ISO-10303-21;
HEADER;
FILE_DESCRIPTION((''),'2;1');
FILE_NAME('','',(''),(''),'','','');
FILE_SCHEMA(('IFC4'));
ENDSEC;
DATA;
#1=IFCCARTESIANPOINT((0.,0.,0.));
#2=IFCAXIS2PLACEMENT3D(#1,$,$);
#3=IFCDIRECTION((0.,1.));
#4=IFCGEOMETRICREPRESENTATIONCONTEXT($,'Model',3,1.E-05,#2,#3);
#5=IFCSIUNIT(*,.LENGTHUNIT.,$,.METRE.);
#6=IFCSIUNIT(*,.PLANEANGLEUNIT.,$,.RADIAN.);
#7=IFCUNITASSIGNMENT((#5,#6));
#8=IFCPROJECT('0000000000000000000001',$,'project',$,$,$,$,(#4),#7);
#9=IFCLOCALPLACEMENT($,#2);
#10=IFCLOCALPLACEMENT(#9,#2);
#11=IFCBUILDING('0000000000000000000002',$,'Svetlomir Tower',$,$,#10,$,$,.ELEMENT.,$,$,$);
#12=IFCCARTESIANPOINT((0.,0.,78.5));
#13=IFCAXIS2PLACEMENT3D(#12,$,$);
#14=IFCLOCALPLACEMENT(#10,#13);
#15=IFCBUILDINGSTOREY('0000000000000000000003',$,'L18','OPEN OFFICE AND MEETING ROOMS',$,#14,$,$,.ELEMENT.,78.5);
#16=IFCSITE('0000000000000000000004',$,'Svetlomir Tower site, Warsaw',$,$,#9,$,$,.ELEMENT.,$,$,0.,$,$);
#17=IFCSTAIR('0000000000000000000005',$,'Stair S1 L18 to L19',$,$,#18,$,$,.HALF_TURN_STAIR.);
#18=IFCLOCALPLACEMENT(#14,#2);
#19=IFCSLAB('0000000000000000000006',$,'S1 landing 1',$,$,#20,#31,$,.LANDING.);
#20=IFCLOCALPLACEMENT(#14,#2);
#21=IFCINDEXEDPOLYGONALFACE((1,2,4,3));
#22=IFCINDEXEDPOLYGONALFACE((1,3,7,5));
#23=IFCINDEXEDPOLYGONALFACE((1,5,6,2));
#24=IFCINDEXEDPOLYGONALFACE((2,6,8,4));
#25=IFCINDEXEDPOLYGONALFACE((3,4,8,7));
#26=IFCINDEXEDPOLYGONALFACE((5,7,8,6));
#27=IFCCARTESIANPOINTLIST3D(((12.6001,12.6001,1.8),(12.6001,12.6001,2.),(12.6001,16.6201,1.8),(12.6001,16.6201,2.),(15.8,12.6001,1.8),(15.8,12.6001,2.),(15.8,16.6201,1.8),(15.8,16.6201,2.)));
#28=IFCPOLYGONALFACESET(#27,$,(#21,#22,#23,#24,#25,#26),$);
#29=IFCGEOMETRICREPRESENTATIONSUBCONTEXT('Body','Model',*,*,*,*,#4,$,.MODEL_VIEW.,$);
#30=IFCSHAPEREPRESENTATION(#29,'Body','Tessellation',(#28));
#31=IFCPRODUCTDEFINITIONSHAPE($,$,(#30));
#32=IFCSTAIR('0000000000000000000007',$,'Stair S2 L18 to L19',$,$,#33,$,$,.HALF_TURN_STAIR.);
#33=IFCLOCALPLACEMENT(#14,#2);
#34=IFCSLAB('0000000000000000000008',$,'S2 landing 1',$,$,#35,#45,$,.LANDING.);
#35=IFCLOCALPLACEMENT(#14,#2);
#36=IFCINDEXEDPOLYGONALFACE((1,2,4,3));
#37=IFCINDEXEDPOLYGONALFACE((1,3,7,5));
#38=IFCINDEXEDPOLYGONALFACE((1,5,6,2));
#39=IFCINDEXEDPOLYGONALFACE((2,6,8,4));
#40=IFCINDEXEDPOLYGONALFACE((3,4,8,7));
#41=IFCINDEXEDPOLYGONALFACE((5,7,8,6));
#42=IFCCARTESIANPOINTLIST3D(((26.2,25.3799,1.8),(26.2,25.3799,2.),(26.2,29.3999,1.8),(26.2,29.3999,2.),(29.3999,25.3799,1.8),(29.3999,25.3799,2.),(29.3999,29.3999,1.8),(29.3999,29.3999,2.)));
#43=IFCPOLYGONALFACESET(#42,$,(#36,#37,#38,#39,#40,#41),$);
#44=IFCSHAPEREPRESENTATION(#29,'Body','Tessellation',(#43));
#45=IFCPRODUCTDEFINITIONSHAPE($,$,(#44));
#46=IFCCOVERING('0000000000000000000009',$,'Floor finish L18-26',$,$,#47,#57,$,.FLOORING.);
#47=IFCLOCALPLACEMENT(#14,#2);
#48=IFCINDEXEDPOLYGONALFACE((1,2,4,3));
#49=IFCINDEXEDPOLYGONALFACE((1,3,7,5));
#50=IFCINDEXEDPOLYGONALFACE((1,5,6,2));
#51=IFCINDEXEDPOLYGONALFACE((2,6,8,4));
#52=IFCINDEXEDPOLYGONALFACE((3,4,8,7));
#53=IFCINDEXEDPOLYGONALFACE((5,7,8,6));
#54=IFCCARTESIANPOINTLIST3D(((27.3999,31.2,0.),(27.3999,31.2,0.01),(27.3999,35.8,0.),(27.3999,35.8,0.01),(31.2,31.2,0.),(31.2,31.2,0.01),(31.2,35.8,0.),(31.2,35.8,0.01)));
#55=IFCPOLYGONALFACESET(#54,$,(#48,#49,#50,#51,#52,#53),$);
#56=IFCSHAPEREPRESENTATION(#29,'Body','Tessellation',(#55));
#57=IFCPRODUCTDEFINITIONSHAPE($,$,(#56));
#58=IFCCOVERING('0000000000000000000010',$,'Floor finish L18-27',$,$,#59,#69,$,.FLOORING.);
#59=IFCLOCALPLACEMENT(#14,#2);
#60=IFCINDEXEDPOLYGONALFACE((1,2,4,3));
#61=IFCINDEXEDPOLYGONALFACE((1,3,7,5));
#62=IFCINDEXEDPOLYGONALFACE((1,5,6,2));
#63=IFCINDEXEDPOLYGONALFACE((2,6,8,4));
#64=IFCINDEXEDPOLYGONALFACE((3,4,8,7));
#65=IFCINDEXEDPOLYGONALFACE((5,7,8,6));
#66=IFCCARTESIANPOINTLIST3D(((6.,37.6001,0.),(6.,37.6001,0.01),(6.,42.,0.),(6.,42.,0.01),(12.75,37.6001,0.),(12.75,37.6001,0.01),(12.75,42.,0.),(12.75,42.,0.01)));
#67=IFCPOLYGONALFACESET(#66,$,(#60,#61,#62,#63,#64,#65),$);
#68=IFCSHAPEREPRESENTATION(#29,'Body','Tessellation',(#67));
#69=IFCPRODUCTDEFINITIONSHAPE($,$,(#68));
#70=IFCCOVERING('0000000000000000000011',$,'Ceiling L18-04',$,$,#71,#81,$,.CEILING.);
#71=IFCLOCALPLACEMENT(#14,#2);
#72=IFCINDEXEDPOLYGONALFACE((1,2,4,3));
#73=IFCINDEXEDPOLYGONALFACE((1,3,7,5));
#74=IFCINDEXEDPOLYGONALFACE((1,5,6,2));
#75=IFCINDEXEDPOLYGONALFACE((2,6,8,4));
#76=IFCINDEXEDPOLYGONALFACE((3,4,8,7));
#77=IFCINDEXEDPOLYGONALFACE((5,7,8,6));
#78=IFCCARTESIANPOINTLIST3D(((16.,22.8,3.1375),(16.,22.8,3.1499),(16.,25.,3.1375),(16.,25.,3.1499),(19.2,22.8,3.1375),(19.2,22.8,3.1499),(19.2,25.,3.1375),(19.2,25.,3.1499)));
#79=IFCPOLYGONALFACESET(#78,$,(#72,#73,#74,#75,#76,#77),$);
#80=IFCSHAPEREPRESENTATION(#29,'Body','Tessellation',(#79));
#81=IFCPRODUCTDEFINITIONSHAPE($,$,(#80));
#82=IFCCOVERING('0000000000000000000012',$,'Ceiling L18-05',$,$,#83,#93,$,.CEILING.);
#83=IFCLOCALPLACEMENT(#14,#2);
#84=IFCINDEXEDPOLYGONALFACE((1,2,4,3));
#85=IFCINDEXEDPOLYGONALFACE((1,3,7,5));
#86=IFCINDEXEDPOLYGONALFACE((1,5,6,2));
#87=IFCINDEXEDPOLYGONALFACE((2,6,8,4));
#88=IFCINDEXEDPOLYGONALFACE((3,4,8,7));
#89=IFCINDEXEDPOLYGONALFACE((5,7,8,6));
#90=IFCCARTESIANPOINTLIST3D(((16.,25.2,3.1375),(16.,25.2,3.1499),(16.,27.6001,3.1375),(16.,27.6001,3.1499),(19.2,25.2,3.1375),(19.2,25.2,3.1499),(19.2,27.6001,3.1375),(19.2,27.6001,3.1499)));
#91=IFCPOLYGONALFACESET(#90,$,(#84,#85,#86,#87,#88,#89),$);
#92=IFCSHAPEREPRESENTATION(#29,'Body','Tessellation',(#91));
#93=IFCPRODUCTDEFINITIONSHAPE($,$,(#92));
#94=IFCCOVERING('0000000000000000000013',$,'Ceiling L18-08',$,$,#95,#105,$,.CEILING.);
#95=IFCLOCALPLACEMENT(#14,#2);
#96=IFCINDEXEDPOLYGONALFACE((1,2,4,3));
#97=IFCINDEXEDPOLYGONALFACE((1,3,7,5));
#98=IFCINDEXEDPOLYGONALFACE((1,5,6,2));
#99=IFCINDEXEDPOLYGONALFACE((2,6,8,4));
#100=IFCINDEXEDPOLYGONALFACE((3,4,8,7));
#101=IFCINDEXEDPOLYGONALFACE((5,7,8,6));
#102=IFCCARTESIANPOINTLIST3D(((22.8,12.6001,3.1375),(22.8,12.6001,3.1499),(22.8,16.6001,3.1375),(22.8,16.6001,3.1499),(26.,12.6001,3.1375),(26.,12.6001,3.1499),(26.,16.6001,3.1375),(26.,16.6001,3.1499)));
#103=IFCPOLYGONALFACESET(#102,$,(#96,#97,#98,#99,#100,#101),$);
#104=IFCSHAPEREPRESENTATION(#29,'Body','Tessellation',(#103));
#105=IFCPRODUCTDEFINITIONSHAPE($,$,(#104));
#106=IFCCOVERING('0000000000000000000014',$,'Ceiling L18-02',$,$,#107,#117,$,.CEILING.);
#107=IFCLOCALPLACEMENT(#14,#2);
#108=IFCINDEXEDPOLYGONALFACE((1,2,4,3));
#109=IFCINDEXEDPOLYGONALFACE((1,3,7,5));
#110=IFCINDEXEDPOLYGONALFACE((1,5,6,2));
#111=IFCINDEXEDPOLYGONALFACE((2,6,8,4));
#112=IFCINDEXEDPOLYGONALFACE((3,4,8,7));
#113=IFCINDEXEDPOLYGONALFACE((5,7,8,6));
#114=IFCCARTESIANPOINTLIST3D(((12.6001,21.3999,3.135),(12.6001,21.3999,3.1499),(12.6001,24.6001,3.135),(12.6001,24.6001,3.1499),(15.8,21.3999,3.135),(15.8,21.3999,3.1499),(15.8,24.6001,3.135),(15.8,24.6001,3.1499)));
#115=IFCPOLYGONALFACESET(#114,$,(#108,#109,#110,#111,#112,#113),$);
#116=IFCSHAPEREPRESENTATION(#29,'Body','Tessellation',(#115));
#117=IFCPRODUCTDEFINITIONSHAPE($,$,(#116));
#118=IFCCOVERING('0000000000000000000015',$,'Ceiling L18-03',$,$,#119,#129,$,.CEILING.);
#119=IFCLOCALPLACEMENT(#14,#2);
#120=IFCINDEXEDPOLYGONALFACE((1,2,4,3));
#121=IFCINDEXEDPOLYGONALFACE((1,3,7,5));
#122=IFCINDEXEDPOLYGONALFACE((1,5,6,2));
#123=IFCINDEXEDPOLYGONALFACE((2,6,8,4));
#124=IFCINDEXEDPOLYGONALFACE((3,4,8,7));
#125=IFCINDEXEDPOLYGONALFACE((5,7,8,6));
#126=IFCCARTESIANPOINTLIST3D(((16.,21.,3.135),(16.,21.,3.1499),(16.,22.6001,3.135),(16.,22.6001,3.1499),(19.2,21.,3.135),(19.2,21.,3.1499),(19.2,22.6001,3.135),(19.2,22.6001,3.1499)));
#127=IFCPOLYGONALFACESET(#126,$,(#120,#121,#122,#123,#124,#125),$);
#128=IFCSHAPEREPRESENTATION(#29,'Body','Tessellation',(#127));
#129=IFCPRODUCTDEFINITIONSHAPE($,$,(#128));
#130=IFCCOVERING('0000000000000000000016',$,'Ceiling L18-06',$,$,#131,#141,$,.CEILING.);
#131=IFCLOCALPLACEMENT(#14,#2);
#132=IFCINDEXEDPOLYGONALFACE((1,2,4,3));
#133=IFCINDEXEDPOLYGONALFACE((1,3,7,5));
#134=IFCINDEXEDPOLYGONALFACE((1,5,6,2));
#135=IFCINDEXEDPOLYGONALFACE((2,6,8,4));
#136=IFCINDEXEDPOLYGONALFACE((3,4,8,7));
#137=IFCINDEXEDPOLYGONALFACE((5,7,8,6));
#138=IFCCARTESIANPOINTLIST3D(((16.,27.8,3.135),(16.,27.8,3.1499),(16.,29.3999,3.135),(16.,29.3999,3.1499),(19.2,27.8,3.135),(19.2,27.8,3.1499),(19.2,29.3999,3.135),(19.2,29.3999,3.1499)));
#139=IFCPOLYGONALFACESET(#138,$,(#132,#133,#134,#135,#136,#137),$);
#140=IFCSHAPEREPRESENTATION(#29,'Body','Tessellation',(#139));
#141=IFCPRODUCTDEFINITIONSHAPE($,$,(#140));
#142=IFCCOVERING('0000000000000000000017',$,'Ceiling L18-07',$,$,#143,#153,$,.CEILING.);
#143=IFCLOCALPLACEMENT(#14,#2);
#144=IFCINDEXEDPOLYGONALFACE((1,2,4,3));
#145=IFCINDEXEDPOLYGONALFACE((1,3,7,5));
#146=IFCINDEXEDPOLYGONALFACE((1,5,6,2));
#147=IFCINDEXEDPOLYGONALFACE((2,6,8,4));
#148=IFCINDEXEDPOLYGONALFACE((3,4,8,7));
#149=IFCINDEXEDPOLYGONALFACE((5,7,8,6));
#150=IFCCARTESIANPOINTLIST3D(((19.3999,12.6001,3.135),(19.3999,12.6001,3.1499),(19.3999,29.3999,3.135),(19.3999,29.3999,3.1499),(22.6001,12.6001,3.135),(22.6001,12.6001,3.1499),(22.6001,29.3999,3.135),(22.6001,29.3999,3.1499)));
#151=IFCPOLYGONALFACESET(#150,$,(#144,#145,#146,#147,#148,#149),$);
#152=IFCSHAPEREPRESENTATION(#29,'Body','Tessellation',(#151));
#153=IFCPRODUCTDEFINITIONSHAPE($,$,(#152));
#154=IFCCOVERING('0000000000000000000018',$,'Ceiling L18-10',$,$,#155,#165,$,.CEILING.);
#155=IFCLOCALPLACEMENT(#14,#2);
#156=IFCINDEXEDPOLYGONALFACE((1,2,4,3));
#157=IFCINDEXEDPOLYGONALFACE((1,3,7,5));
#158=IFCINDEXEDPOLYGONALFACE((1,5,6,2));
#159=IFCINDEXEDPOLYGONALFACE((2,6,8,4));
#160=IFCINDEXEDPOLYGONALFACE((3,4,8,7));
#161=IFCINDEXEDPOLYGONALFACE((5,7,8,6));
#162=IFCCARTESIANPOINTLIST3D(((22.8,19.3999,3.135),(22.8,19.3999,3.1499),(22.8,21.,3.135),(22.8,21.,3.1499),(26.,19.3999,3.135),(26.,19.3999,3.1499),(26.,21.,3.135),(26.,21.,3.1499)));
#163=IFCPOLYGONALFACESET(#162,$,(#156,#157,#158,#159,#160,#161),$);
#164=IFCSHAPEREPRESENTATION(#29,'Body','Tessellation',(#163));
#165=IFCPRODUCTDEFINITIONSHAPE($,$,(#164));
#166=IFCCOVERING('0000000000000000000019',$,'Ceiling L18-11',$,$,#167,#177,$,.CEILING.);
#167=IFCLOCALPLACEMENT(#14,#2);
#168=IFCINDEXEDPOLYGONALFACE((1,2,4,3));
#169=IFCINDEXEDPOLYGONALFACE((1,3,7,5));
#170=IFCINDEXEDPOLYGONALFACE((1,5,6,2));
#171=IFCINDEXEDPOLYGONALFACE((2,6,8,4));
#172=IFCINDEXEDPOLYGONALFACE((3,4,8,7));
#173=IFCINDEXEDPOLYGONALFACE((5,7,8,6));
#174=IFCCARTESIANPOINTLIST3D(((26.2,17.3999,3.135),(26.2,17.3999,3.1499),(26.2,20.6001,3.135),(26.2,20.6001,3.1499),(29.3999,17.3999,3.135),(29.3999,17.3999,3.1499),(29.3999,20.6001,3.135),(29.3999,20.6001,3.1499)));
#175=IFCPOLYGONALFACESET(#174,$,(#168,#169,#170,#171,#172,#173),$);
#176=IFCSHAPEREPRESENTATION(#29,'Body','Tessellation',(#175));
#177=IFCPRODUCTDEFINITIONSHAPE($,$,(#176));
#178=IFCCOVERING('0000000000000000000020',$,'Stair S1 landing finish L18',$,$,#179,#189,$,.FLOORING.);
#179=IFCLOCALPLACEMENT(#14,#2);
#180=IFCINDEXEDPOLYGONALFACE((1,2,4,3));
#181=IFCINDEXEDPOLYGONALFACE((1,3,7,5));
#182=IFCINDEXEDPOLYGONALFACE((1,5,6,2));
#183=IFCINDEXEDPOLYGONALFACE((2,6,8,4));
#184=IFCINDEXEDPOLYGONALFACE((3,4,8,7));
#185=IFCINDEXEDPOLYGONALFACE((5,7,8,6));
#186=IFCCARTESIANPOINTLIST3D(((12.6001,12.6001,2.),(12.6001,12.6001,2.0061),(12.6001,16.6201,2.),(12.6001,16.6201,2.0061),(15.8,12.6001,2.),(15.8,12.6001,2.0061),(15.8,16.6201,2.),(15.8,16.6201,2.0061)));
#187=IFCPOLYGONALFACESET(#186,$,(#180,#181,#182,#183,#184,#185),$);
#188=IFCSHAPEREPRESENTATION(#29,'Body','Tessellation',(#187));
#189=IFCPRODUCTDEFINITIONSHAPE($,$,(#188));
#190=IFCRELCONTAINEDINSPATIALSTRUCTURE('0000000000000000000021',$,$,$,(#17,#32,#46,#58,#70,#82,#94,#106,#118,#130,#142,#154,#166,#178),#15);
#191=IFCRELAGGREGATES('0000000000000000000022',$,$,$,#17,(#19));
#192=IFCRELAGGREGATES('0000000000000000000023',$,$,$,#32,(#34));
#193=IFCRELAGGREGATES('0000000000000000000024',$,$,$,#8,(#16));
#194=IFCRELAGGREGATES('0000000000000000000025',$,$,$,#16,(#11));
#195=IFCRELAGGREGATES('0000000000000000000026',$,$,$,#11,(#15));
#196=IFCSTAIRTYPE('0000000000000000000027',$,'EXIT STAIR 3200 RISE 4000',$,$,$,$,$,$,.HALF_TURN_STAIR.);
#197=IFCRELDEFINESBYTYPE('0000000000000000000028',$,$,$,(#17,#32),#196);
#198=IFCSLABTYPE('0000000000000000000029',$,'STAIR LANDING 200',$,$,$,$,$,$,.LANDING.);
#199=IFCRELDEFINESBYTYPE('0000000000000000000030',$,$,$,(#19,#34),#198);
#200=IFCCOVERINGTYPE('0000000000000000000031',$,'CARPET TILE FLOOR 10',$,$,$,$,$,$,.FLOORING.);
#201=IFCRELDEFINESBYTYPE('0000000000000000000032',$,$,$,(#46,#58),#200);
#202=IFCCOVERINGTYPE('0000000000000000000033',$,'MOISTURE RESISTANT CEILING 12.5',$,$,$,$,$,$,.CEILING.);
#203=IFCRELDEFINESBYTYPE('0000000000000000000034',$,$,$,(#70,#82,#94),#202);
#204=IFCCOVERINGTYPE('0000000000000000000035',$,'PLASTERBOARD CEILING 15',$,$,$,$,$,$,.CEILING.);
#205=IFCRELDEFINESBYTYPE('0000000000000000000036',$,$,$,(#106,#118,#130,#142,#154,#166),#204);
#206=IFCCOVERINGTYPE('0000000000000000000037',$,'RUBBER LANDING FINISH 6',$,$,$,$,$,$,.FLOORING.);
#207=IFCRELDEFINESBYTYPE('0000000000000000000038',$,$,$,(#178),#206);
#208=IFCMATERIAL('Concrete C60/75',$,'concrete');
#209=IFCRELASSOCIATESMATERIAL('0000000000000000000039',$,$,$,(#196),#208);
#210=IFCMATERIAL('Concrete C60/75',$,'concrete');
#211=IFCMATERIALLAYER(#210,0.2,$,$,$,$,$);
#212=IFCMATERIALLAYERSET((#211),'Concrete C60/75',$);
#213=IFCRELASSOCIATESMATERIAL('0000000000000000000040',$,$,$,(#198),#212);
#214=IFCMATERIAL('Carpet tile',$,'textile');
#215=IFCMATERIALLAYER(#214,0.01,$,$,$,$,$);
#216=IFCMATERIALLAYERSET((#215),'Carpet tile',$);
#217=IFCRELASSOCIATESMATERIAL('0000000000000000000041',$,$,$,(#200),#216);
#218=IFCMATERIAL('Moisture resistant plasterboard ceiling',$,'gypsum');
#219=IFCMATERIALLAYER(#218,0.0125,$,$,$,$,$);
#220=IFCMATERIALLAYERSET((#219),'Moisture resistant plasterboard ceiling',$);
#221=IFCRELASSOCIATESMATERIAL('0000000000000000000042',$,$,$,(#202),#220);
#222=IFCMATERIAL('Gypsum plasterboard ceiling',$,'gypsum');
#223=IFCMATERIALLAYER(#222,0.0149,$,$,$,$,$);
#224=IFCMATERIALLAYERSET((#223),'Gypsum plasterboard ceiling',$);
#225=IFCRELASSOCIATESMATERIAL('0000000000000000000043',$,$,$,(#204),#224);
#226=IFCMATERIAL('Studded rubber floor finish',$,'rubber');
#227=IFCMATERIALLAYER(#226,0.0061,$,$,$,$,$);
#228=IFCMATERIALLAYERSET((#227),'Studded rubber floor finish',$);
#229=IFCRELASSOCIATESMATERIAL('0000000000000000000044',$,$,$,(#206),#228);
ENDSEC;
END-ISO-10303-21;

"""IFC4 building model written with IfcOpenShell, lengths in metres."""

from ifc_helpers import new_model, si_unit, direction, frame, origin, place, context, subcontext, project, spatial, polyline, outline, extrude, material, layer, layer_set, type_object, element, aggregate, save


model = new_model("IFC4")

# Units and contexts
model_context = context("Model", 3, precision=1e-05, world=origin(), true_north=direction((0.0, 1.0)))
body_context = subcontext(model_context, "Body", "Model", "MODEL_VIEW")
ifc_project = project(units=[si_unit("LENGTHUNIT", "METRE"), si_unit("PLANEANGLEUNIT", "RADIAN")], contexts=[model_context])

# Site, building, storey
site_placement = place(None, origin())
site = spatial("IfcSite", under=ifc_project, at=site_placement, Name="Svetlomir Tower site, Warsaw", CompositionType="ELEMENT", RefElevation=0.0)
building_placement = place(site_placement, origin())
building = spatial("IfcBuilding", under=site, at=building_placement, Name="Svetlomir Tower", CompositionType="ELEMENT")
storey_placement = place(building_placement, frame((0.0, 0.0, 78.5)))
storey = spatial("IfcBuildingStorey", under=building, at=storey_placement, Name="L18", Description="OPEN OFFICE AND MEETING ROOMS", CompositionType="ELEMENT", Elevation=78.5)

# Stairs, slabs
ifc_material_1 = material(Name="Concrete C60/75", Category="concrete")
stair_type = type_object("IfcStairType", Name="EXIT STAIR 3200 RISE 4000", PredefinedType="HALF_TURN_STAIR", material=ifc_material_1)
stair_1_placement = place(storey_placement, origin())
stair_1 = element("IfcStair", 1, at=stair_1_placement, inside=storey, type_object=stair_type, Name="Stair S1 L18 to L19", PredefinedType="HALF_TURN_STAIR")
ifc_material_2 = material(Name="Concrete C60/75", Category="concrete")
ifc_layer_1 = layer(ifc_material_2, 0.2)
ifc_layer_set_1 = layer_set([ifc_layer_1], Name="Concrete C60/75")
slab_type = type_object("IfcSlabType", Name="STAIR LANDING 200", PredefinedType="LANDING", material=ifc_layer_set_1)
slab_1_placement = place(storey_placement, frame((0.0, 0.0, 1.8)))
slab_1 = element("IfcSlab", 2, at=slab_1_placement, type_object=slab_type, Name="S1 landing 1", PredefinedType="LANDING", context=body_context, shape_type="SweptSolid", body=[
    extrude(outline(polyline([(12.6001, 12.6001), (15.8, 12.6001), (15.8, 16.6201), (12.6001, 16.6201), (12.6001, 12.6001)])), origin(), (0.0, 0.0, 1.0), 0.2),
])
aggregate(stair_1, [slab_1])
stair_2_placement = place(storey_placement, origin())
stair_2 = element("IfcStair", 3, at=stair_2_placement, inside=storey, type_object=stair_type, Name="Stair S2 L18 to L19", PredefinedType="HALF_TURN_STAIR")
slab_2_placement = place(storey_placement, frame((0.0, 0.0, 1.8)))
slab_2 = element("IfcSlab", 4, at=slab_2_placement, type_object=slab_type, Name="S2 landing 1", PredefinedType="LANDING", context=body_context, shape_type="SweptSolid", body=[
    extrude(outline(polyline([(26.2, 25.3799), (29.3999, 25.3799), (29.3999, 29.3999), (26.2, 29.3999), (26.2, 25.3799)])), origin(), (0.0, 0.0, 1.0), 0.2),
])
aggregate(stair_2, [slab_2])

# Coverings
ifc_material_3 = material(Name="Carpet tile", Category="textile")
ifc_layer_2 = layer(ifc_material_3, 0.01)
ifc_layer_set_2 = layer_set([ifc_layer_2], Name="Carpet tile")
covering_type_1 = type_object("IfcCoveringType", Name="CARPET TILE FLOOR 10", PredefinedType="FLOORING", material=ifc_layer_set_2)
covering_1_placement = place(storey_placement, origin())
element("IfcCovering", 5, at=covering_1_placement, inside=storey, type_object=covering_type_1, Name="Floor finish L18-26", PredefinedType="FLOORING", context=body_context, shape_type="SweptSolid", body=[
    extrude(outline(polyline([(27.3999, 31.2), (31.2, 31.2), (31.2, 35.8), (27.3999, 35.8), (27.3999, 31.2)])), origin(), (0.0, 0.0, 1.0), 0.01),
])
covering_2_placement = place(storey_placement, origin())
element("IfcCovering", 6, at=covering_2_placement, inside=storey, type_object=covering_type_1, Name="Floor finish L18-27", PredefinedType="FLOORING", context=body_context, shape_type="SweptSolid", body=[
    extrude(outline(polyline([(6.0, 37.6001), (12.75, 37.6001), (12.75, 42.0), (6.0, 42.0), (6.0, 37.6001)])), origin(), (0.0, 0.0, 1.0), 0.01),
])
ifc_material_4 = material(Name="Moisture resistant plasterboard ceiling", Category="gypsum")
ifc_layer_3 = layer(ifc_material_4, 0.0125)
ifc_layer_set_3 = layer_set([ifc_layer_3], Name="Moisture resistant plasterboard ceiling")
covering_type_2 = type_object("IfcCoveringType", Name="MOISTURE RESISTANT CEILING 12.5", PredefinedType="CEILING", material=ifc_layer_set_3)
covering_3_placement = place(storey_placement, frame((0.0, 0.0, 3.1375)))
element("IfcCovering", 7, at=covering_3_placement, inside=storey, type_object=covering_type_2, Name="Ceiling L18-04", PredefinedType="CEILING", context=body_context, shape_type="SweptSolid", body=[
    extrude(outline(polyline([(16.0, 22.8), (19.2, 22.8), (19.2, 25.0), (16.0, 25.0), (16.0, 22.8)])), origin(), (0.0, 0.0, 1.0), 0.0125),
])
covering_4_placement = place(storey_placement, frame((0.0, 0.0, 3.1375)))
element("IfcCovering", 8, at=covering_4_placement, inside=storey, type_object=covering_type_2, Name="Ceiling L18-05", PredefinedType="CEILING", context=body_context, shape_type="SweptSolid", body=[
    extrude(outline(polyline([(16.0, 25.2), (19.2, 25.2), (19.2, 27.6001), (16.0, 27.6001), (16.0, 25.2)])), origin(), (0.0, 0.0, 1.0), 0.0125),
])
covering_5_placement = place(storey_placement, frame((0.0, 0.0, 3.1375)))
element("IfcCovering", 9, at=covering_5_placement, inside=storey, type_object=covering_type_2, Name="Ceiling L18-08", PredefinedType="CEILING", context=body_context, shape_type="SweptSolid", body=[
    extrude(outline(polyline([(22.8, 12.6001), (26.0, 12.6001), (26.0, 16.6001), (22.8, 16.6001), (22.8, 12.6001)])), origin(), (0.0, 0.0, 1.0), 0.0125),
])
ifc_material_5 = material(Name="Gypsum plasterboard ceiling", Category="gypsum")
ifc_layer_4 = layer(ifc_material_5, 0.0149)
ifc_layer_set_4 = layer_set([ifc_layer_4], Name="Gypsum plasterboard ceiling")
covering_type_3 = type_object("IfcCoveringType", Name="PLASTERBOARD CEILING 15", PredefinedType="CEILING", material=ifc_layer_set_4)
covering_6_placement = place(storey_placement, frame((0.0, 0.0, 3.135)))
element("IfcCovering", 10, at=covering_6_placement, inside=storey, type_object=covering_type_3, Name="Ceiling L18-02", PredefinedType="CEILING", context=body_context, shape_type="SweptSolid", body=[
    extrude(outline(polyline([(12.6001, 21.3999), (15.8, 21.3999), (15.8, 24.6001), (12.6001, 24.6001), (12.6001, 21.3999)])), origin(), (0.0, 0.0, 1.0), 0.0149),
])
covering_7_placement = place(storey_placement, frame((0.0, 0.0, 3.135)))
element("IfcCovering", 11, at=covering_7_placement, inside=storey, type_object=covering_type_3, Name="Ceiling L18-03", PredefinedType="CEILING", context=body_context, shape_type="SweptSolid", body=[
    extrude(outline(polyline([(16.0, 21.0), (19.2, 21.0), (19.2, 22.6001), (16.0, 22.6001), (16.0, 21.0)])), origin(), (0.0, 0.0, 1.0), 0.0149),
])
covering_8_placement = place(storey_placement, frame((0.0, 0.0, 3.135)))
element("IfcCovering", 12, at=covering_8_placement, inside=storey, type_object=covering_type_3, Name="Ceiling L18-06", PredefinedType="CEILING", context=body_context, shape_type="SweptSolid", body=[
    extrude(outline(polyline([(16.0, 27.8), (19.2, 27.8), (19.2, 29.3999), (16.0, 29.3999), (16.0, 27.8)])), origin(), (0.0, 0.0, 1.0), 0.0149),
])
covering_9_placement = place(storey_placement, frame((0.0, 0.0, 3.135)))
element("IfcCovering", 13, at=covering_9_placement, inside=storey, type_object=covering_type_3, Name="Ceiling L18-07", PredefinedType="CEILING", context=body_context, shape_type="SweptSolid", body=[
    extrude(outline(polyline([(19.3999, 12.6001), (22.6001, 12.6001), (22.6001, 29.3999), (19.3999, 29.3999), (19.3999, 12.6001)])), origin(), (0.0, 0.0, 1.0), 0.0149),
])
covering_10_placement = place(storey_placement, frame((0.0, 0.0, 3.135)))
element("IfcCovering", 14, at=covering_10_placement, inside=storey, type_object=covering_type_3, Name="Ceiling L18-10", PredefinedType="CEILING", context=body_context, shape_type="SweptSolid", body=[
    extrude(outline(polyline([(22.8, 19.3999), (26.0, 19.3999), (26.0, 21.0), (22.8, 21.0), (22.8, 19.3999)])), origin(), (0.0, 0.0, 1.0), 0.0149),
])
covering_11_placement = place(storey_placement, frame((0.0, 0.0, 3.135)))
element("IfcCovering", 15, at=covering_11_placement, inside=storey, type_object=covering_type_3, Name="Ceiling L18-11", PredefinedType="CEILING", context=body_context, shape_type="SweptSolid", body=[
    extrude(outline(polyline([(26.2, 17.3999), (29.3999, 17.3999), (29.3999, 20.6001), (26.2, 20.6001), (26.2, 17.3999)])), origin(), (0.0, 0.0, 1.0), 0.0149),
])
ifc_material_6 = material(Name="Studded rubber floor finish", Category="rubber")
ifc_layer_5 = layer(ifc_material_6, 0.0061)
ifc_layer_set_5 = layer_set([ifc_layer_5], Name="Studded rubber floor finish")
covering_type_4 = type_object("IfcCoveringType", Name="RUBBER LANDING FINISH 6", PredefinedType="FLOORING", material=ifc_layer_set_5)
covering_12_placement = place(storey_placement, frame((0.0, 0.0, 2.0)))
element("IfcCovering", 16, at=covering_12_placement, inside=storey, type_object=covering_type_4, Name="Stair S1 landing finish L18", PredefinedType="FLOORING", context=body_context, shape_type="SweptSolid", body=[
    extrude(outline(polyline([(12.6001, 12.6001), (15.8, 12.6001), (15.8, 16.6201), (12.6001, 16.6201), (12.6001, 12.6001)])), origin(), (0.0, 0.0, 1.0), 0.0061),
])

save(model, "model.ifc")
